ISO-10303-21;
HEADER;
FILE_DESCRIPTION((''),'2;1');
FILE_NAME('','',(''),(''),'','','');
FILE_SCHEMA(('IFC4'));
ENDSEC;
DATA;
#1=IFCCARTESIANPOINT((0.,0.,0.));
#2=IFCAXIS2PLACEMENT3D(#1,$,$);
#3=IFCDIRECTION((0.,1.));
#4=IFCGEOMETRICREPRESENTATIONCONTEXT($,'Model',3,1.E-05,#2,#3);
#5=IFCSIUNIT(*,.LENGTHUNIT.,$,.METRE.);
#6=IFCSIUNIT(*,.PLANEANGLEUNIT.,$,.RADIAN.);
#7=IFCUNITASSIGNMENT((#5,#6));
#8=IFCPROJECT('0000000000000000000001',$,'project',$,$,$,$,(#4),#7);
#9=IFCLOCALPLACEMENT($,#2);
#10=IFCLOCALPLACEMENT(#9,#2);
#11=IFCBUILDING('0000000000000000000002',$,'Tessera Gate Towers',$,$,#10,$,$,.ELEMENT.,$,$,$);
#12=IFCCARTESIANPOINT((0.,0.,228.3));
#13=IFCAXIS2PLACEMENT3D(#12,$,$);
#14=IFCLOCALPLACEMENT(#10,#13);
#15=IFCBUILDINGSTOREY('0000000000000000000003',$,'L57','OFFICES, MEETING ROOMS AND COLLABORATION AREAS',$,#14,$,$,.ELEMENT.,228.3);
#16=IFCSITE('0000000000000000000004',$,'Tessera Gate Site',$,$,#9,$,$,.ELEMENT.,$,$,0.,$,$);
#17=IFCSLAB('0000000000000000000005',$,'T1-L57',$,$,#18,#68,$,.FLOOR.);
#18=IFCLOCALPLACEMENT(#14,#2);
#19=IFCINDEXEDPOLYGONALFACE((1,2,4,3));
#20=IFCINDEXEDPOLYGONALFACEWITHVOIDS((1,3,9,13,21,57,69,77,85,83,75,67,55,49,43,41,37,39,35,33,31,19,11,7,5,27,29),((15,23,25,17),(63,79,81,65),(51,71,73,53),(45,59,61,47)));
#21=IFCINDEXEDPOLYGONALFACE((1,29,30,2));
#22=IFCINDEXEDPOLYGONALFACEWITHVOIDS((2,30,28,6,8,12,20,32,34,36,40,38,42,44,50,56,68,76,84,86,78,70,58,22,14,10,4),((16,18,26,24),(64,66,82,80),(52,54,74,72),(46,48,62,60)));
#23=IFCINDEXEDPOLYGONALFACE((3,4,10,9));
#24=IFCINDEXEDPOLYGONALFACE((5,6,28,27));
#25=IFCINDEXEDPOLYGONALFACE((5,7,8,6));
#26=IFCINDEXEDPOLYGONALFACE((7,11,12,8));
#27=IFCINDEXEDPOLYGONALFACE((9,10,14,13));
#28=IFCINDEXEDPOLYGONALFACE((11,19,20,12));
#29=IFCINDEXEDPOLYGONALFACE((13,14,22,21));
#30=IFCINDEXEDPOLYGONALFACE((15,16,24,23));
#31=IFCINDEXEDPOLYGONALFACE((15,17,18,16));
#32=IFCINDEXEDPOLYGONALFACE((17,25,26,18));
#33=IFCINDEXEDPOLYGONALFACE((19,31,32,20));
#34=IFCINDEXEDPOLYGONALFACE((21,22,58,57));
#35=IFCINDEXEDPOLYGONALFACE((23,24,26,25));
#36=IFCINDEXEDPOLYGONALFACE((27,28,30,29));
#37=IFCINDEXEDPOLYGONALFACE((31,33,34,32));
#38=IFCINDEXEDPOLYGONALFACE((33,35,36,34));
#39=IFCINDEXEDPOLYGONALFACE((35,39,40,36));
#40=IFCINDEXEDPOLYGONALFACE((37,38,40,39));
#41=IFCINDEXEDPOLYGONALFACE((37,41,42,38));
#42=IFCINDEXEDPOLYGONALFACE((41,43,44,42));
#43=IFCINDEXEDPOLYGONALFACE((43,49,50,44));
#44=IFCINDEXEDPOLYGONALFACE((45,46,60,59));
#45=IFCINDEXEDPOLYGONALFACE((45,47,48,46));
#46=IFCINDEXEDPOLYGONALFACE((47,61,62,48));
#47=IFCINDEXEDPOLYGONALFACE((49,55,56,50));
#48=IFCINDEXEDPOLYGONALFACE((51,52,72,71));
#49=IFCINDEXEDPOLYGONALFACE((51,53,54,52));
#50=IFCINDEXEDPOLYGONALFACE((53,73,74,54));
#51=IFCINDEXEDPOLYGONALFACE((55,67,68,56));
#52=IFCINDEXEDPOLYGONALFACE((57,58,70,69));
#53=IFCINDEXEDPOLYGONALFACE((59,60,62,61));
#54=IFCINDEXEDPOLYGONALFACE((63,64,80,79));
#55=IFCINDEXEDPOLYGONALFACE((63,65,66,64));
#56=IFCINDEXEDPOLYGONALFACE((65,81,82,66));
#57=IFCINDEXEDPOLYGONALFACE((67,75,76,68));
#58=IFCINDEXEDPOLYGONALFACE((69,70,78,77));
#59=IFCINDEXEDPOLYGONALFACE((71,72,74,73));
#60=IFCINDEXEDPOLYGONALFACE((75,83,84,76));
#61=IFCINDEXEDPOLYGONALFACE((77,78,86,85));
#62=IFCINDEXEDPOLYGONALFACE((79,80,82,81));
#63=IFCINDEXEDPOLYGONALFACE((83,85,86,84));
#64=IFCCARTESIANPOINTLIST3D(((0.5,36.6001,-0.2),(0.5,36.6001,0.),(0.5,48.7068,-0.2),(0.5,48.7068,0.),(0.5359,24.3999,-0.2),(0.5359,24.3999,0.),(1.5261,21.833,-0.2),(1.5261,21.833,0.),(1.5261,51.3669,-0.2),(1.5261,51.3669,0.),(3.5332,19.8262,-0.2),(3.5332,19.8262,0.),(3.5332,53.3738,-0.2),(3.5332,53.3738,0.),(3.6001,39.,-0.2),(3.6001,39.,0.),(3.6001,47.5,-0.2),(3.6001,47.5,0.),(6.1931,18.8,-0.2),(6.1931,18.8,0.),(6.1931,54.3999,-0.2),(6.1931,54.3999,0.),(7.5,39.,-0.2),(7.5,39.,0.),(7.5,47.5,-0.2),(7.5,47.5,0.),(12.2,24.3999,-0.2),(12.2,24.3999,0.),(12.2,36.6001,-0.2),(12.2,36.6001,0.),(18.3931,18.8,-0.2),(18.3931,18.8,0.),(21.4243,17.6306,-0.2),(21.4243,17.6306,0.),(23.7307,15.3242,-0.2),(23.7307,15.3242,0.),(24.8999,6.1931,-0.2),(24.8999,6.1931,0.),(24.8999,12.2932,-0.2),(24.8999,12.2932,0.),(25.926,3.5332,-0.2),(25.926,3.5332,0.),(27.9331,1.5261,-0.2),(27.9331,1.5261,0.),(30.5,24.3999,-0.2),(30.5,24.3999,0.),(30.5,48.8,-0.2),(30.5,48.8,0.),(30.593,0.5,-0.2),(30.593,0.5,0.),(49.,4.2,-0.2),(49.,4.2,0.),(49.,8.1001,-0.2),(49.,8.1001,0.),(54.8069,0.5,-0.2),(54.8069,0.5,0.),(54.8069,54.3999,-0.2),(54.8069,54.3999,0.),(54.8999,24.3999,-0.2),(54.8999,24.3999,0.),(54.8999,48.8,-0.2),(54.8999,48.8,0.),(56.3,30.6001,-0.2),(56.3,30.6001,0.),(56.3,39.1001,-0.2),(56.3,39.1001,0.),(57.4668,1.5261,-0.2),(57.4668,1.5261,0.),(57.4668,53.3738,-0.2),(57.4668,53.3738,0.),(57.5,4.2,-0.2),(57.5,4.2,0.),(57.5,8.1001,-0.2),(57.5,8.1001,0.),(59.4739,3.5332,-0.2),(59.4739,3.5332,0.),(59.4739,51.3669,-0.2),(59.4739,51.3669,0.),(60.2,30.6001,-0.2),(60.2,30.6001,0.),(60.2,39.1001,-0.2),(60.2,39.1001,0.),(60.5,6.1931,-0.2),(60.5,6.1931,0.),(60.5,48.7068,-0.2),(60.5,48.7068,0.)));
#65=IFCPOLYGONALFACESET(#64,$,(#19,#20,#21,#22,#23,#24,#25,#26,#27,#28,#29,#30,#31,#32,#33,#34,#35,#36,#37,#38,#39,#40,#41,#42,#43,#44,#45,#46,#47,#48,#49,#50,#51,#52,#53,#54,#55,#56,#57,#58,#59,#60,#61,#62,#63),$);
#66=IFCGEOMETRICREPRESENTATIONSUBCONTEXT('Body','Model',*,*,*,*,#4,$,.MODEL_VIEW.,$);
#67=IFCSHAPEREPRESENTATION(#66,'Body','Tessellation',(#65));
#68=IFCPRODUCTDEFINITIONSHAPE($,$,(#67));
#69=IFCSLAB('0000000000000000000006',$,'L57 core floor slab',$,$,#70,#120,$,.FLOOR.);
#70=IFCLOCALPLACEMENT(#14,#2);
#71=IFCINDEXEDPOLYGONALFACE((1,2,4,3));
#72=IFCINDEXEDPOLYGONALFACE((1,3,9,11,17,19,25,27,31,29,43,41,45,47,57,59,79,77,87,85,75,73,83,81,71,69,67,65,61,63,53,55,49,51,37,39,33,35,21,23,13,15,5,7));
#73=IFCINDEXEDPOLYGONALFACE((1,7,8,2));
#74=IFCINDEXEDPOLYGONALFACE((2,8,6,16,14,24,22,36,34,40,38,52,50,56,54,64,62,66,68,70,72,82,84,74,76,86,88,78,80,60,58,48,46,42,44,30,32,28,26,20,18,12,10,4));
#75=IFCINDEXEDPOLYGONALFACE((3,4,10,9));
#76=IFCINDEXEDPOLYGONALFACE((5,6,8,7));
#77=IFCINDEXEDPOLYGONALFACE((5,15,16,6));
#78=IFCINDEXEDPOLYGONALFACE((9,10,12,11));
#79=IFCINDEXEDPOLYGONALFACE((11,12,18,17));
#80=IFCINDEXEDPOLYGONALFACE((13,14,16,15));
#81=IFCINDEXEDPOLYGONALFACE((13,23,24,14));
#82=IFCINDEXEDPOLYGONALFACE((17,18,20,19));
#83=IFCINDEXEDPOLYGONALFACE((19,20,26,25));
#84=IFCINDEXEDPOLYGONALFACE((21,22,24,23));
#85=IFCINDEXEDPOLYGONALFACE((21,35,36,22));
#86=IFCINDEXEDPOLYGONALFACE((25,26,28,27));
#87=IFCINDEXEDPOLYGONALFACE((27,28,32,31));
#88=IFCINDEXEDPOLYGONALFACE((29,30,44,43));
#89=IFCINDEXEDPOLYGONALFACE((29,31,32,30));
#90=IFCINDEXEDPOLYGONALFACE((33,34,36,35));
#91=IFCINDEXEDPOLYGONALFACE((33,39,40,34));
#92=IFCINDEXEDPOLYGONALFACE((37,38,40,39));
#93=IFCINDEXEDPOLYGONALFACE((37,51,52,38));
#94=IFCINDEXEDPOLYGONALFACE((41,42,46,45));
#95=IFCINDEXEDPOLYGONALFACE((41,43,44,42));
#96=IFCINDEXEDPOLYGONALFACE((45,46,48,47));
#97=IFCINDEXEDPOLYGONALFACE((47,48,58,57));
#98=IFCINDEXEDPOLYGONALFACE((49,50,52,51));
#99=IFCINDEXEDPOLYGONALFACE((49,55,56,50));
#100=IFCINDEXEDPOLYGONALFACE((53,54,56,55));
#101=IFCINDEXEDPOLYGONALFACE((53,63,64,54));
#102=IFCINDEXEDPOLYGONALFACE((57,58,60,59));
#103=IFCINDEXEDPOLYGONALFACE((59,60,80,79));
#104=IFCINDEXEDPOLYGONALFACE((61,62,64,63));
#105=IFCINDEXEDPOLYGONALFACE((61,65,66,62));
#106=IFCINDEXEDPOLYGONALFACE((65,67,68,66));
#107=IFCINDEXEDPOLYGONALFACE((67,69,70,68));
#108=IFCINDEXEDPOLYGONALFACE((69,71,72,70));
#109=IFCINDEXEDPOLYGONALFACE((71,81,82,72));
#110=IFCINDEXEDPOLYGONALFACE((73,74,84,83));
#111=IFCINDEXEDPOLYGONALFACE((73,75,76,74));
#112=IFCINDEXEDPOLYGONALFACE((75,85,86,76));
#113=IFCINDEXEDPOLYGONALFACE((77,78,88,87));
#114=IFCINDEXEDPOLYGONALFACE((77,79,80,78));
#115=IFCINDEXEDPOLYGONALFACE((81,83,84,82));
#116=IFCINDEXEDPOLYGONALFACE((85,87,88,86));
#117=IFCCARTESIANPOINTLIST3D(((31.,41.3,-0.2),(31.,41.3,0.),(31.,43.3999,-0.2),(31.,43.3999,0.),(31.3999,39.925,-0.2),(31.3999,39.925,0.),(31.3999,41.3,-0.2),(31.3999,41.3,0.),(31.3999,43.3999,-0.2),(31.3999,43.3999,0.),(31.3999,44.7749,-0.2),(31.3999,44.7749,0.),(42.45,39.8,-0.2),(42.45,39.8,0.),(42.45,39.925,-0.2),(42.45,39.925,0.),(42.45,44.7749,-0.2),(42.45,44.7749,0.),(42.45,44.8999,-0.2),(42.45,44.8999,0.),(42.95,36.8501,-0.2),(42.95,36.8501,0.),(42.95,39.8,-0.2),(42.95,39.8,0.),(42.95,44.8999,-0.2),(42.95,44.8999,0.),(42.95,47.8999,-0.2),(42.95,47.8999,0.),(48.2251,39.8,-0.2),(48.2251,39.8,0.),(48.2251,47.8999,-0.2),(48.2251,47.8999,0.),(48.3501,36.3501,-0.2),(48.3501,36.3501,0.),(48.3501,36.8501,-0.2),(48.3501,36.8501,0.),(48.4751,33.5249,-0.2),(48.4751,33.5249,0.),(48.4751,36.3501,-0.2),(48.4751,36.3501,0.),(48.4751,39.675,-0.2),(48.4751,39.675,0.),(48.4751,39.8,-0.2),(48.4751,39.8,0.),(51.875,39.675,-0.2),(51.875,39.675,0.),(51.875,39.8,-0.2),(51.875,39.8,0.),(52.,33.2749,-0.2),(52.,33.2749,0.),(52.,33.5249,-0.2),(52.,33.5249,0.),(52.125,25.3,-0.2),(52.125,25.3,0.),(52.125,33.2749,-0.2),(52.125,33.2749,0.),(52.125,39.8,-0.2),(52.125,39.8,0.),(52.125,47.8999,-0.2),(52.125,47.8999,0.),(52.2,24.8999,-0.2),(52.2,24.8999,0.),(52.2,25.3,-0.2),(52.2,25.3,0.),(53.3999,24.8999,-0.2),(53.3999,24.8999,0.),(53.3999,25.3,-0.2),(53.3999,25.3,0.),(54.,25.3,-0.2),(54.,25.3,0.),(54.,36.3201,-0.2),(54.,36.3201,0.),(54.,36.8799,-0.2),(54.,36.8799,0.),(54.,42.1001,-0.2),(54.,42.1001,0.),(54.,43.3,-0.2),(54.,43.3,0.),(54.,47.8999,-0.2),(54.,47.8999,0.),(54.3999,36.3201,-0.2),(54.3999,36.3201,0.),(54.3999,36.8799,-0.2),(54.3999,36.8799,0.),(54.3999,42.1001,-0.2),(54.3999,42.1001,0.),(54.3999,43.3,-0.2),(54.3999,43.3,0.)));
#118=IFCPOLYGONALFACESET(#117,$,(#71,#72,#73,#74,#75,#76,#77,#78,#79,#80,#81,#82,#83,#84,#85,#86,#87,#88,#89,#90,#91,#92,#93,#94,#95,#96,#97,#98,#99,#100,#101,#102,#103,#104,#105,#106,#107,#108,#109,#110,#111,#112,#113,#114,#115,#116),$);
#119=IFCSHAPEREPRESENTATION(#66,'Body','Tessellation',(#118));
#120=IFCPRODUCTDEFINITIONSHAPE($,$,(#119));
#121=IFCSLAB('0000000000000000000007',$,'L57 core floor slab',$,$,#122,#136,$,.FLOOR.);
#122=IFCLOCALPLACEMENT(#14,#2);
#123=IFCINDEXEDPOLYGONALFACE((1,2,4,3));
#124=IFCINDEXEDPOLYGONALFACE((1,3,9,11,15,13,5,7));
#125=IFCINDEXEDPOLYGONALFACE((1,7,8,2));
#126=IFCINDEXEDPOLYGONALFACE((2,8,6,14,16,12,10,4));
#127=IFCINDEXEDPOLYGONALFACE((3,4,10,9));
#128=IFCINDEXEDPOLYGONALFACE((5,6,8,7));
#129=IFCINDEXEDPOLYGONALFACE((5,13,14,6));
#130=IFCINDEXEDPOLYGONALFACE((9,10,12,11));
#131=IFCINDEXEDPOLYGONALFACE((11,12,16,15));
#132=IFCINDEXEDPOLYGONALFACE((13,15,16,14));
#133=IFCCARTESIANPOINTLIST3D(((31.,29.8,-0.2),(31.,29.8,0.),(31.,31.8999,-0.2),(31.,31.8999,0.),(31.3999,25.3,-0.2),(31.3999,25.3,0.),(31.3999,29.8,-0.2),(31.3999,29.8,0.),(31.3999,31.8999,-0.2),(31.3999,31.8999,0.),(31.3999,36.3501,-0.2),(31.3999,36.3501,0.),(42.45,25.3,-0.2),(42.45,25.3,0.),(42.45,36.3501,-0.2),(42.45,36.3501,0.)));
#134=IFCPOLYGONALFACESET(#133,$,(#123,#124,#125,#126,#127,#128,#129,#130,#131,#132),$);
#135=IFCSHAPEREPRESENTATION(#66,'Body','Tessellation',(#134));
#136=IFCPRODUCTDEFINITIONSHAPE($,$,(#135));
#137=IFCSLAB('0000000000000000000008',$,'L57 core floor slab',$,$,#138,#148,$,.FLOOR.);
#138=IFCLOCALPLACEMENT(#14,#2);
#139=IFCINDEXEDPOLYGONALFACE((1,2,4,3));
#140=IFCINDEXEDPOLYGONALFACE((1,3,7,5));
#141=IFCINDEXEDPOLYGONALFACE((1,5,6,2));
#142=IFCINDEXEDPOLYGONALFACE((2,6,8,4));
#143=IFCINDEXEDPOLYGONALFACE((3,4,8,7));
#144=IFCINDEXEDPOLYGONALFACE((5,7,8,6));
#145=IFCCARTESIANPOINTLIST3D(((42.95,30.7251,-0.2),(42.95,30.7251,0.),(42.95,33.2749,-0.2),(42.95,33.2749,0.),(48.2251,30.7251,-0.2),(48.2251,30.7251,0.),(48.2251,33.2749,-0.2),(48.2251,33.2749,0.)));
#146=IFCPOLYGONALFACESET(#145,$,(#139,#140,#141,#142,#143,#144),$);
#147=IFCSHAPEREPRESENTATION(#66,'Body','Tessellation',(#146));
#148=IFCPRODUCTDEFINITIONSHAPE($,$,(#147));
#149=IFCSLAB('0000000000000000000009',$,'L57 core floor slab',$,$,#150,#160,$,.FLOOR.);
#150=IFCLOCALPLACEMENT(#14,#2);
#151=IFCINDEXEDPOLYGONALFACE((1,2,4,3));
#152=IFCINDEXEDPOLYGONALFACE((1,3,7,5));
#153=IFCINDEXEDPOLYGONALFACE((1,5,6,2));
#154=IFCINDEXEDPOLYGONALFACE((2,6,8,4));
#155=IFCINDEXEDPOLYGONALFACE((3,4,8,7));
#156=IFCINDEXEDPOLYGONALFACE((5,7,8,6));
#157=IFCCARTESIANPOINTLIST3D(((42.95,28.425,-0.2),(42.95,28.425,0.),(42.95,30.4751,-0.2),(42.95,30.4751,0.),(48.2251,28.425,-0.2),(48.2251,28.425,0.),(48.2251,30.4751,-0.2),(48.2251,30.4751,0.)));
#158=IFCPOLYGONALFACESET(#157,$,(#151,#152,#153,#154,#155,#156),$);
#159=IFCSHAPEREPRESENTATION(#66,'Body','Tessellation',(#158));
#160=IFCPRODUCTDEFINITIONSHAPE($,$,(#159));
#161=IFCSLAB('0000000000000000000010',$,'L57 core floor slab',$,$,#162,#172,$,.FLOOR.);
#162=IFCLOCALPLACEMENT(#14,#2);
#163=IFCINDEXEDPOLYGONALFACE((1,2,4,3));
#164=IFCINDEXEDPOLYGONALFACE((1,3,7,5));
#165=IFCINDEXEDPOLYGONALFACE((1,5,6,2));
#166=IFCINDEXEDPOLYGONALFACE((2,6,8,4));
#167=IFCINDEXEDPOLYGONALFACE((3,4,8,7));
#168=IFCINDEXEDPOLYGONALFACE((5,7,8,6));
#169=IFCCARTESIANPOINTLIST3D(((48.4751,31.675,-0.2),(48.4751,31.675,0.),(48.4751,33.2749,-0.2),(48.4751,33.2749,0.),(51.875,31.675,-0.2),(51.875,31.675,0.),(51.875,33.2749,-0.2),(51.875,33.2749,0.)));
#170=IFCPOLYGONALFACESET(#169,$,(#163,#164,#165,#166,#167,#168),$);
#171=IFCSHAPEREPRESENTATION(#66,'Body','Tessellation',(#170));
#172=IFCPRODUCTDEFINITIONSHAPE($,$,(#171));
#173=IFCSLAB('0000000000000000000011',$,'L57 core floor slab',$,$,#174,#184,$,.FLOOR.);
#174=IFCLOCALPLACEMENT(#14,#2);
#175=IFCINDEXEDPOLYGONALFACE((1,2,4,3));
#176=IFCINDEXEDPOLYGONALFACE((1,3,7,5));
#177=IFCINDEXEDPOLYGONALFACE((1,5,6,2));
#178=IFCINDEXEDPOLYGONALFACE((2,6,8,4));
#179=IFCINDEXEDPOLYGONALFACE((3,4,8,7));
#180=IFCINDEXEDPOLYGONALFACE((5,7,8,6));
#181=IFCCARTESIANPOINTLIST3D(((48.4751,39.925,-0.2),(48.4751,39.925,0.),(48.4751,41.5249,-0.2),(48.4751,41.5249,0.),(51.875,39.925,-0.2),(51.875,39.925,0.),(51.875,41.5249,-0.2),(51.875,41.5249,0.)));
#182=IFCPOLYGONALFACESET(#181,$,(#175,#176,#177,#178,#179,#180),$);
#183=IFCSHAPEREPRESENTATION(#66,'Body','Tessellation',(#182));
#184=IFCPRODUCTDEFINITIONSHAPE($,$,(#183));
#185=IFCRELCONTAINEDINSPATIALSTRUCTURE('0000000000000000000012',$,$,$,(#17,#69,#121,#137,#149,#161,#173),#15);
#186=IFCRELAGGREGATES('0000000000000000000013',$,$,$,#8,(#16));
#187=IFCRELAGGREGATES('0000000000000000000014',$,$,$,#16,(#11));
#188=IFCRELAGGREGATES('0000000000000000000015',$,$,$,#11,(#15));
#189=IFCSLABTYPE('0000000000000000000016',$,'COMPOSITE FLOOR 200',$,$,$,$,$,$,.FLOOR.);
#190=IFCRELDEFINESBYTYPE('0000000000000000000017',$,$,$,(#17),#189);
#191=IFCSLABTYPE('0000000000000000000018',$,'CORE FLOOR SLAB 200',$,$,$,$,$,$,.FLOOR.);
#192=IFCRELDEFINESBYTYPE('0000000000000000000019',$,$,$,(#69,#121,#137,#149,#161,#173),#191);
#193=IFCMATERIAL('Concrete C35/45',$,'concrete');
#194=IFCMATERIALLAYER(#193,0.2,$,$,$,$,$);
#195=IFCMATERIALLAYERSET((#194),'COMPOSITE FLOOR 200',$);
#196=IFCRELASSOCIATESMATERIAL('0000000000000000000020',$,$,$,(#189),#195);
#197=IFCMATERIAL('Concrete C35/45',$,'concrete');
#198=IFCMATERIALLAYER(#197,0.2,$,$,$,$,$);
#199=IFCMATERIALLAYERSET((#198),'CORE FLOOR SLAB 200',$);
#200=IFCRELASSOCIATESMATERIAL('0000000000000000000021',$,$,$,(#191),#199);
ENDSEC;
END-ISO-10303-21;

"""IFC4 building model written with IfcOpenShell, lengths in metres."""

from ifc_helpers import new_model, si_unit, direction, frame, origin, place, context, subcontext, project, spatial, polyline, outline, extrude, material, layer, layer_set, type_object, element, save


model = new_model("IFC4")

# Units and contexts
model_context = context("Model", 3, precision=1e-05, world=origin(), true_north=direction((0.0, 1.0)))
body_context = subcontext(model_context, "Body", "Model", "MODEL_VIEW")
ifc_project = project(units=[si_unit("LENGTHUNIT", "METRE"), si_unit("PLANEANGLEUNIT", "RADIAN")], contexts=[model_context])

# Site, building, storey
site_placement = place(None, origin())
site = spatial("IfcSite", under=ifc_project, at=site_placement, Name="Tessera Gate Site", CompositionType="ELEMENT", RefElevation=0.0)
building_placement = place(site_placement, origin())
building = spatial("IfcBuilding", under=site, at=building_placement, Name="Tessera Gate Towers", CompositionType="ELEMENT")
storey_placement = place(building_placement, frame((0.0, 0.0, 228.3)))
storey = spatial("IfcBuildingStorey", under=building, at=storey_placement, Name="L57", Description="OFFICES, MEETING ROOMS AND COLLABORATION AREAS", CompositionType="ELEMENT", Elevation=228.3)

# Slabs
ifc_material_1 = material(Name="Concrete C35/45", Category="concrete")
ifc_layer_1 = layer(ifc_material_1, 0.2)
ifc_layer_set_1 = layer_set([ifc_layer_1], Name="COMPOSITE FLOOR 200")
slab_type_1 = type_object("IfcSlabType", Name="COMPOSITE FLOOR 200", PredefinedType="FLOOR", material=ifc_layer_set_1)
slab_1_placement = place(storey_placement, frame((0.0, 0.0, -0.2)))
element("IfcSlab", 1, at=slab_1_placement, inside=storey, type_object=slab_type_1, Name="T1-L57", PredefinedType="FLOOR", context=body_context, shape_type="SweptSolid", body=[
    extrude(outline(polyline([(0.5, 36.6001), (12.2, 36.6001), (12.2, 24.3999), (0.5359, 24.3999), (1.5261, 21.833), (3.5332, 19.8262), (6.1931, 18.8), (18.3931, 18.8), (21.4243, 17.6306), (23.7307, 15.3242), (24.8999, 12.2932), (24.8999, 6.1931), (25.926, 3.5332), (27.9331, 1.5261), (30.593, 0.5), (54.8069, 0.5), (57.4668, 1.5261), (59.4739, 3.5332), (60.5, 6.1931), (60.5, 48.7068), (59.4739, 51.3669), (57.4668, 53.3738), (54.8069, 54.3999), (6.1931, 54.3999), (3.5332, 53.3738), (1.5261, 51.3669), (0.5, 48.7068), (0.5, 36.6001)]), holes=[polyline([(3.6001, 39.0), (3.6001, 47.5), (7.5, 47.5), (7.5, 39.0), (3.6001, 39.0)]), polyline([(30.5, 24.3999), (30.5, 48.8), (54.8999, 48.8), (54.8999, 24.3999), (30.5, 24.3999)]), polyline([(49.0, 4.2), (49.0, 8.1001), (57.5, 8.1001), (57.5, 4.2), (49.0, 4.2)]), polyline([(56.3, 30.6001), (56.3, 39.1001), (60.2, 39.1001), (60.2, 30.6001), (56.3, 30.6001)])]), origin(), (0.0, 0.0, 1.0), 0.2),
])
ifc_material_2 = material(Name="Concrete C35/45", Category="concrete")
ifc_layer_2 = layer(ifc_material_2, 0.2)
ifc_layer_set_2 = layer_set([ifc_layer_2], Name="CORE FLOOR SLAB 200")
slab_type_2 = type_object("IfcSlabType", Name="CORE FLOOR SLAB 200", PredefinedType="FLOOR", material=ifc_layer_set_2)
slab_2_placement = place(storey_placement, frame((0.0, 0.0, -0.2)))
element("IfcSlab", 2, at=slab_2_placement, inside=storey, type_object=slab_type_2, Name="L57 core floor slab", PredefinedType="FLOOR", context=body_context, shape_type="SweptSolid", body=[
    extrude(outline(polyline([(42.45, 44.8999), (42.45, 44.7749), (31.3999, 44.7749), (31.3999, 43.3999), (31.0, 43.3999), (31.0, 41.3), (31.3999, 41.3), (31.3999, 39.925), (42.45, 39.925), (42.45, 39.8), (42.95, 39.8), (42.95, 36.8501), (48.3501, 36.8501), (48.3501, 36.3501), (48.4751, 36.3501), (48.4751, 33.5249), (52.0, 33.5249), (52.0, 33.2749), (52.125, 33.2749), (52.125, 25.3), (52.2, 25.3), (52.2, 24.8999), (53.3999, 24.8999), (53.3999, 25.3), (54.0, 25.3), (54.0, 36.3201), (54.3999, 36.3201), (54.3999, 36.8799), (54.0, 36.8799), (54.0, 42.1001), (54.3999, 42.1001), (54.3999, 43.3), (54.0, 43.3), (54.0, 47.8999), (52.125, 47.8999), (52.125, 39.8), (51.875, 39.8), (51.875, 39.675), (48.4751, 39.675), (48.4751, 39.8), (48.2251, 39.8), (48.2251, 47.8999), (42.95, 47.8999), (42.95, 44.8999), (42.45, 44.8999)])), origin(), (0.0, 0.0, 1.0), 0.2),
])
slab_3_placement = place(storey_placement, frame((0.0, 0.0, -0.2)))
element("IfcSlab", 3, at=slab_3_placement, inside=storey, type_object=slab_type_2, Name="L57 core floor slab", PredefinedType="FLOOR", context=body_context, shape_type="SweptSolid", body=[
    extrude(outline(polyline([(31.3999, 36.3501), (31.3999, 31.8999), (31.0, 31.8999), (31.0, 29.8), (31.3999, 29.8), (31.3999, 25.3), (42.45, 25.3), (42.45, 36.3501), (31.3999, 36.3501)])), origin(), (0.0, 0.0, 1.0), 0.2),
])
slab_4_placement = place(storey_placement, frame((0.0, 0.0, -0.2)))
element("IfcSlab", 4, at=slab_4_placement, inside=storey, type_object=slab_type_2, Name="L57 core floor slab", PredefinedType="FLOOR", context=body_context, shape_type="SweptSolid", body=[
    extrude(outline(polyline([(42.95, 33.2749), (42.95, 30.7251), (48.2251, 30.7251), (48.2251, 33.2749), (42.95, 33.2749)])), origin(), (0.0, 0.0, 1.0), 0.2),
])
slab_5_placement = place(storey_placement, frame((0.0, 0.0, -0.2)))
element("IfcSlab", 5, at=slab_5_placement, inside=storey, type_object=slab_type_2, Name="L57 core floor slab", PredefinedType="FLOOR", context=body_context, shape_type="SweptSolid", body=[
    extrude(outline(polyline([(48.2251, 30.4751), (42.95, 30.4751), (42.95, 28.425), (48.2251, 28.425), (48.2251, 30.4751)])), origin(), (0.0, 0.0, 1.0), 0.2),
])
slab_6_placement = place(storey_placement, frame((0.0, 0.0, -0.2)))
element("IfcSlab", 6, at=slab_6_placement, inside=storey, type_object=slab_type_2, Name="L57 core floor slab", PredefinedType="FLOOR", context=body_context, shape_type="SweptSolid", body=[
    extrude(outline(polyline([(51.875, 31.675), (51.875, 33.2749), (48.4751, 33.2749), (48.4751, 31.675), (51.875, 31.675)])), origin(), (0.0, 0.0, 1.0), 0.2),
])
slab_7_placement = place(storey_placement, frame((0.0, 0.0, -0.2)))
element("IfcSlab", 7, at=slab_7_placement, inside=storey, type_object=slab_type_2, Name="L57 core floor slab", PredefinedType="FLOOR", context=body_context, shape_type="SweptSolid", body=[
    extrude(outline(polyline([(48.4751, 41.5249), (48.4751, 39.925), (51.875, 39.925), (51.875, 41.5249), (48.4751, 41.5249)])), origin(), (0.0, 0.0, 1.0), 0.2),
])

save(model, "model.ifc")
